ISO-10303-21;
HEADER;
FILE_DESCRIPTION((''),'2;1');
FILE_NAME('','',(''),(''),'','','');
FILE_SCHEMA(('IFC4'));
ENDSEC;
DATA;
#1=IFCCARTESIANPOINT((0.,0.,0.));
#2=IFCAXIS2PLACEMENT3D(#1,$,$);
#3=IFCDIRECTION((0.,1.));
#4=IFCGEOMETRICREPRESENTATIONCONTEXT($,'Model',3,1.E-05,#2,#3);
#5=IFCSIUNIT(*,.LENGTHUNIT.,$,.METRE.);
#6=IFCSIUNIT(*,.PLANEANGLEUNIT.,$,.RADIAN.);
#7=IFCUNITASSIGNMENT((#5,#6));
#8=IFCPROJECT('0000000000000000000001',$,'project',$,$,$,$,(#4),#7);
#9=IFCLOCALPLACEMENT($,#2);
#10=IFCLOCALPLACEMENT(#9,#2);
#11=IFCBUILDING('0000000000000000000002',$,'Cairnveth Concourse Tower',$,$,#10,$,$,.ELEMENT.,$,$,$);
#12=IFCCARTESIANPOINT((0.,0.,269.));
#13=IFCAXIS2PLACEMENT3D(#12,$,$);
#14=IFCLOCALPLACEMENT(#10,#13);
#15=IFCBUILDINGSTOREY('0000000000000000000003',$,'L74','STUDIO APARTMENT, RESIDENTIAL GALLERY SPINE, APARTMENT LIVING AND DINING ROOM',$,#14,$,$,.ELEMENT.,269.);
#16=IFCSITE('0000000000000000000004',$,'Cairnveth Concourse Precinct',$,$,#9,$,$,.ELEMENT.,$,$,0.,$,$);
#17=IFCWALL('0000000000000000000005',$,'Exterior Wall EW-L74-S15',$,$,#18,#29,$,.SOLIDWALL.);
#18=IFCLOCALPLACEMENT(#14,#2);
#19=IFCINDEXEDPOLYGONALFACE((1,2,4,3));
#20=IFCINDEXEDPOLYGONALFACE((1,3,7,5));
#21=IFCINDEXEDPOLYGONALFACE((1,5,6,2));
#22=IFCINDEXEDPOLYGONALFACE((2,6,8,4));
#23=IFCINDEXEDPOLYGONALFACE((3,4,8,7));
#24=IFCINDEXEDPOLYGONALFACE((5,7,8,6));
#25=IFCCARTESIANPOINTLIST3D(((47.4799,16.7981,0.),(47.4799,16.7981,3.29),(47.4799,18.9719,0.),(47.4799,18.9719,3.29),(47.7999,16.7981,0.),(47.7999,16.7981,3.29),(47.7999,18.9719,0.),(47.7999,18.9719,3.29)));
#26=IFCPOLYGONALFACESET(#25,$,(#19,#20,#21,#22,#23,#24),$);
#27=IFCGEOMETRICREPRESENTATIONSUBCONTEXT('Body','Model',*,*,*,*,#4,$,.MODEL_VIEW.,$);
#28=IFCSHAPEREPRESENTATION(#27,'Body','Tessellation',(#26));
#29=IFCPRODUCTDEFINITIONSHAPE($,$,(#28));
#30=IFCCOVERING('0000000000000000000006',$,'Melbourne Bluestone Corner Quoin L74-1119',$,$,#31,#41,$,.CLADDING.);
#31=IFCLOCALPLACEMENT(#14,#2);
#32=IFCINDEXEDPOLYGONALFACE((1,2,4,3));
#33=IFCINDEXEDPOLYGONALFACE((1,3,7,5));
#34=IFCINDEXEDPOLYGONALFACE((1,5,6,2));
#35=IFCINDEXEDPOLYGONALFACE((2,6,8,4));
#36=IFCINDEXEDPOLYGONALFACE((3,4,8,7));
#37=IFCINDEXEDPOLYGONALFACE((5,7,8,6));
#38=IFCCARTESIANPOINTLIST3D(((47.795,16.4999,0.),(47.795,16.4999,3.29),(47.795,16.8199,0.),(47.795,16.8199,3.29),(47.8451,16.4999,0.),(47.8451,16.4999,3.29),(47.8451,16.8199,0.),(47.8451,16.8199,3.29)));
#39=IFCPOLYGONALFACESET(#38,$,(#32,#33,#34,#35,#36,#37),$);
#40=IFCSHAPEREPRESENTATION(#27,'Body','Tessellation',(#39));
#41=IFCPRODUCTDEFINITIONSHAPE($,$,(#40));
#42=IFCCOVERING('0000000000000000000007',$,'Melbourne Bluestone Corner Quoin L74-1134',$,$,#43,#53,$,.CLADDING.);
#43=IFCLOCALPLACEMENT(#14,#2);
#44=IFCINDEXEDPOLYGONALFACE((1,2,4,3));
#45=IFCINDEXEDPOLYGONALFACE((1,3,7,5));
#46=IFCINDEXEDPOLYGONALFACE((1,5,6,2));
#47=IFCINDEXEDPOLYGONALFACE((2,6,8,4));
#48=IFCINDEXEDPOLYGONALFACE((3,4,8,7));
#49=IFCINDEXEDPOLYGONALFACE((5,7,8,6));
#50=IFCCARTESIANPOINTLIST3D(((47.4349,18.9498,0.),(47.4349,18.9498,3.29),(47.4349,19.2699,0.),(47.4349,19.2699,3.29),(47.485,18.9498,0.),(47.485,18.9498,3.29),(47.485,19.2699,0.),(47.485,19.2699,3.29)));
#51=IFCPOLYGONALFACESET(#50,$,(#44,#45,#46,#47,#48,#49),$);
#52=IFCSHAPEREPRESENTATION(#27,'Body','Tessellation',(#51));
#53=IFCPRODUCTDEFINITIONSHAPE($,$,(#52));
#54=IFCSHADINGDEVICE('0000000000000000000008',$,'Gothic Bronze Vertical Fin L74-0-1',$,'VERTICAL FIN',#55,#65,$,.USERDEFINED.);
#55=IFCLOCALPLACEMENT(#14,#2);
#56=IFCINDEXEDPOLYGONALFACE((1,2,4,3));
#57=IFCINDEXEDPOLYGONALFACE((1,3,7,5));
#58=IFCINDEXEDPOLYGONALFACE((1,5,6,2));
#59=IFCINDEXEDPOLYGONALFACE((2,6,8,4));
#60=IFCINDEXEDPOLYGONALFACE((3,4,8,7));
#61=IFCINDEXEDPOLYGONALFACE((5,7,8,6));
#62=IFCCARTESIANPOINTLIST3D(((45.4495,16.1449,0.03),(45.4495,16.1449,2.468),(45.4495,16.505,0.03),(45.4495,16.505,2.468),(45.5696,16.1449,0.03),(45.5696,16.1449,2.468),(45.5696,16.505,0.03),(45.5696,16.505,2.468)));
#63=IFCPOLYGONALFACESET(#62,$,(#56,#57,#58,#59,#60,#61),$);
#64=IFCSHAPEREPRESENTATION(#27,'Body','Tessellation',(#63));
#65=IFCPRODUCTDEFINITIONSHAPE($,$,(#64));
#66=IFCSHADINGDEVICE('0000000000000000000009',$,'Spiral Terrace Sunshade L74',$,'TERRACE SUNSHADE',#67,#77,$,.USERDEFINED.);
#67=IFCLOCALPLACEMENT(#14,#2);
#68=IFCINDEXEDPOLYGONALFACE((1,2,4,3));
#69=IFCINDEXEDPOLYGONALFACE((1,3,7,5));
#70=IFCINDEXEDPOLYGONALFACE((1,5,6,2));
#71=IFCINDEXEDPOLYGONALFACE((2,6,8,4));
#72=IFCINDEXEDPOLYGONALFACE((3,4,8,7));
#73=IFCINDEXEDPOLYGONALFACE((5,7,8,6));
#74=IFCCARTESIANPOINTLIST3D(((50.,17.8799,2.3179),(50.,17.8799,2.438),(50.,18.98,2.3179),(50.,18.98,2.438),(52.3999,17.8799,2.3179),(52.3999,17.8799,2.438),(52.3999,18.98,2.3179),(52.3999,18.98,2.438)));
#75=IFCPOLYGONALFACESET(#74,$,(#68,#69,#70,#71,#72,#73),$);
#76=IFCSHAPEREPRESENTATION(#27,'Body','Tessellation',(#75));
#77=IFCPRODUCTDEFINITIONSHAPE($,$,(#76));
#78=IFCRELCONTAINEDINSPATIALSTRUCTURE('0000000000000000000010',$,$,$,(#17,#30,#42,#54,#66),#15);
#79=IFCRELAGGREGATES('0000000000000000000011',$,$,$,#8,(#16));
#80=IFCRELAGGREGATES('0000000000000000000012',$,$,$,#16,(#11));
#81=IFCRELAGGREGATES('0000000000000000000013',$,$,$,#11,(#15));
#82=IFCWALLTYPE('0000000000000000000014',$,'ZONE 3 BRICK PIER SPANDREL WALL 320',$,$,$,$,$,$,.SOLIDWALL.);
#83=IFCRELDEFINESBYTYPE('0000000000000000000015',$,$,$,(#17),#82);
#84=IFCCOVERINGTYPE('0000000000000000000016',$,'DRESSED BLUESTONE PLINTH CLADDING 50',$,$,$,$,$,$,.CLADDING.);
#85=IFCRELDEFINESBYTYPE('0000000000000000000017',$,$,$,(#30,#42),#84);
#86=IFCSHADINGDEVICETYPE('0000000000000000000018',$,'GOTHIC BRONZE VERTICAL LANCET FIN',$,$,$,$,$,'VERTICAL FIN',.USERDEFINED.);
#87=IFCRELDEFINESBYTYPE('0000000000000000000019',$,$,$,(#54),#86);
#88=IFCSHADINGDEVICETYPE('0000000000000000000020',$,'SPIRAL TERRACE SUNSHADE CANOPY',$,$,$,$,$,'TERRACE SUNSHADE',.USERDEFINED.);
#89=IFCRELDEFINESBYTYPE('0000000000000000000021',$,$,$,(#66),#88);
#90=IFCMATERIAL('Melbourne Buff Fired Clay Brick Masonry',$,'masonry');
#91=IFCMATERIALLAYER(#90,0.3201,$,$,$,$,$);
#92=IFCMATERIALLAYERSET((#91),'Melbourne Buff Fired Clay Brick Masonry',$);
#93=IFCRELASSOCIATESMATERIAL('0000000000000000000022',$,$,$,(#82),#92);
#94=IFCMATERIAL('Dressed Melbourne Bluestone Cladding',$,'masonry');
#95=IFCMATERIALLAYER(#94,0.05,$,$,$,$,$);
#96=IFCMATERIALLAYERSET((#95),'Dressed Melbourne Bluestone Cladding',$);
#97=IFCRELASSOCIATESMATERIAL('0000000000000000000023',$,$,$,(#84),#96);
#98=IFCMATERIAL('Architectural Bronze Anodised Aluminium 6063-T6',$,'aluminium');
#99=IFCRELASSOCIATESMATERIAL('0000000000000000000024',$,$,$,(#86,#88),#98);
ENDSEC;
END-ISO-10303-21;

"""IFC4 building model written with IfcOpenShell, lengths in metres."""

from ifc_helpers import new_model, si_unit, direction, frame, frame_2d, origin, origin_2d, place, context, subcontext, project, spatial, rectangle, extrude, material, layer, layer_set, type_object, element, save


model = new_model("IFC4")

# Units and contexts
model_context = context("Model", 3, precision=1e-05, world=origin(), true_north=direction((0.0, 1.0)))
body_context = subcontext(model_context, "Body", "Model", "MODEL_VIEW")
ifc_project = project(units=[si_unit("LENGTHUNIT", "METRE"), si_unit("PLANEANGLEUNIT", "RADIAN")], contexts=[model_context])

# Site, building, storey
site_placement = place(None, origin())
site = spatial("IfcSite", under=ifc_project, at=site_placement, Name="Cairnveth Concourse Precinct", CompositionType="ELEMENT", RefElevation=0.0)
building_placement = place(site_placement, origin())
building = spatial("IfcBuilding", under=site, at=building_placement, Name="Cairnveth Concourse Tower", CompositionType="ELEMENT")
storey_placement = place(building_placement, frame((0.0, 0.0, 269.0)))
storey = spatial("IfcBuildingStorey", under=building, at=storey_placement, Name="L74", Description="STUDIO APARTMENT, RESIDENTIAL GALLERY SPINE, APARTMENT LIVING AND DINING ROOM", CompositionType="ELEMENT", Elevation=269.0)

# Shared definitions
ifc_material_1 = material(Name="Dressed Melbourne Bluestone Cladding", Category="masonry")

# Shared definitions
ifc_material_2 = material(Name="Melbourne Buff Fired Clay Brick Masonry", Category="masonry")
ifc_layer_1 = layer(ifc_material_2, 0.3201)
ifc_layer_set_1 = layer_set([ifc_layer_1], Name="Melbourne Buff Fired Clay Brick Masonry")
wall_type_1 = type_object("IfcWallType", Name="ZONE 3 BRICK PIER SPANDREL WALL 320", PredefinedType="SOLIDWALL", material=ifc_layer_set_1)

# Wall
wall_1_placement = place(storey_placement, frame((47.6399, 18.9719, 0.0), z_axis=(0.0, 0.0, 1.0), x_axis=(0.0, -1.0, 0.0)))
element("IfcWall", 1, at=wall_1_placement, inside=storey, type_object=wall_type_1, Name="Exterior Wall EW-L74-S15", PredefinedType="SOLIDWALL", context=body_context, shape_type="SweptSolid", body=[
    extrude(rectangle(XDim=2.1738, YDim=0.3201, at=frame_2d((1.0869, 0.0))), origin(), (0.0, 0.0, 1.0), 3.29),
])

# Coverings
ifc_layer_2 = layer(ifc_material_1, 0.05)
ifc_layer_set_2 = layer_set([ifc_layer_2], Name="Dressed Melbourne Bluestone Cladding")
covering_type = type_object("IfcCoveringType", Name="DRESSED BLUESTONE PLINTH CLADDING 50", PredefinedType="CLADDING", material=ifc_layer_set_2)
for number, where, z_axis, x_axis, name in (
    (2, (47.8201, 16.8201, 0.0), (0.0, 0.0, 1.0), (0.0, -1.0, 0.0), "Melbourne Bluestone Corner Quoin L74-1119"),
    (3, (47.46, 19.27, 0.0), (0.0, 0.0, 1.0), (0.0, -1.0, 0.0), "Melbourne Bluestone Corner Quoin L74-1134"),
):
    element("IfcCovering", number, at=place(storey_placement, frame(where, z_axis=z_axis, x_axis=x_axis)), inside=storey, type_object=covering_type, Name=name, PredefinedType="CLADDING", context=body_context, shape_type="SweptSolid", body=[
        extrude(rectangle(XDim=0.3201, YDim=0.05, at=frame_2d((0.1602, 0.0))), origin(), (0.0, 0.0, 1.0), 3.29),
    ])

# Shading devices
ifc_material_3 = material(Name="Architectural Bronze Anodised Aluminium 6063-T6", Category="aluminium")
shading_device_type_1 = type_object("IfcShadingDeviceType", Name="GOTHIC BRONZE VERTICAL LANCET FIN", ElementType="VERTICAL FIN", PredefinedType="USERDEFINED", material=ifc_material_3)
shading_device_1_placement = place(storey_placement, frame((45.5095, 16.325, 0.03), z_axis=(0.0, 0.0, 1.0), x_axis=(1.0, 0.0, 0.0)))
element("IfcShadingDevice", 4, at=shading_device_1_placement, inside=storey, type_object=shading_device_type_1, Name="Gothic Bronze Vertical Fin L74-0-1", ObjectType="VERTICAL FIN", PredefinedType="USERDEFINED", context=body_context, shape_type="SweptSolid", body=[
    extrude(rectangle(XDim=0.1201, YDim=0.3601, at=origin_2d()), origin(), (0.0, 0.0, 1.0), 2.438),
])
shading_device_type_2 = type_object("IfcShadingDeviceType", Name="SPIRAL TERRACE SUNSHADE CANOPY", ElementType="TERRACE SUNSHADE", PredefinedType="USERDEFINED", material=ifc_material_3)
shading_device_2_placement = place(storey_placement, frame((51.2, 18.4299, 2.3179), z_axis=(0.0, 0.0, 1.0), x_axis=(1.0, 0.0, 0.0)))
element("IfcShadingDevice", 5, at=shading_device_2_placement, inside=storey, type_object=shading_device_type_2, Name="Spiral Terrace Sunshade L74", ObjectType="TERRACE SUNSHADE", PredefinedType="USERDEFINED", context=body_context, shape_type="SweptSolid", body=[
    extrude(rectangle(XDim=2.3999, YDim=1.1001, at=origin_2d()), origin(), (0.0, 0.0, 1.0), 0.1201),
])

save(model, "model.ifc")
